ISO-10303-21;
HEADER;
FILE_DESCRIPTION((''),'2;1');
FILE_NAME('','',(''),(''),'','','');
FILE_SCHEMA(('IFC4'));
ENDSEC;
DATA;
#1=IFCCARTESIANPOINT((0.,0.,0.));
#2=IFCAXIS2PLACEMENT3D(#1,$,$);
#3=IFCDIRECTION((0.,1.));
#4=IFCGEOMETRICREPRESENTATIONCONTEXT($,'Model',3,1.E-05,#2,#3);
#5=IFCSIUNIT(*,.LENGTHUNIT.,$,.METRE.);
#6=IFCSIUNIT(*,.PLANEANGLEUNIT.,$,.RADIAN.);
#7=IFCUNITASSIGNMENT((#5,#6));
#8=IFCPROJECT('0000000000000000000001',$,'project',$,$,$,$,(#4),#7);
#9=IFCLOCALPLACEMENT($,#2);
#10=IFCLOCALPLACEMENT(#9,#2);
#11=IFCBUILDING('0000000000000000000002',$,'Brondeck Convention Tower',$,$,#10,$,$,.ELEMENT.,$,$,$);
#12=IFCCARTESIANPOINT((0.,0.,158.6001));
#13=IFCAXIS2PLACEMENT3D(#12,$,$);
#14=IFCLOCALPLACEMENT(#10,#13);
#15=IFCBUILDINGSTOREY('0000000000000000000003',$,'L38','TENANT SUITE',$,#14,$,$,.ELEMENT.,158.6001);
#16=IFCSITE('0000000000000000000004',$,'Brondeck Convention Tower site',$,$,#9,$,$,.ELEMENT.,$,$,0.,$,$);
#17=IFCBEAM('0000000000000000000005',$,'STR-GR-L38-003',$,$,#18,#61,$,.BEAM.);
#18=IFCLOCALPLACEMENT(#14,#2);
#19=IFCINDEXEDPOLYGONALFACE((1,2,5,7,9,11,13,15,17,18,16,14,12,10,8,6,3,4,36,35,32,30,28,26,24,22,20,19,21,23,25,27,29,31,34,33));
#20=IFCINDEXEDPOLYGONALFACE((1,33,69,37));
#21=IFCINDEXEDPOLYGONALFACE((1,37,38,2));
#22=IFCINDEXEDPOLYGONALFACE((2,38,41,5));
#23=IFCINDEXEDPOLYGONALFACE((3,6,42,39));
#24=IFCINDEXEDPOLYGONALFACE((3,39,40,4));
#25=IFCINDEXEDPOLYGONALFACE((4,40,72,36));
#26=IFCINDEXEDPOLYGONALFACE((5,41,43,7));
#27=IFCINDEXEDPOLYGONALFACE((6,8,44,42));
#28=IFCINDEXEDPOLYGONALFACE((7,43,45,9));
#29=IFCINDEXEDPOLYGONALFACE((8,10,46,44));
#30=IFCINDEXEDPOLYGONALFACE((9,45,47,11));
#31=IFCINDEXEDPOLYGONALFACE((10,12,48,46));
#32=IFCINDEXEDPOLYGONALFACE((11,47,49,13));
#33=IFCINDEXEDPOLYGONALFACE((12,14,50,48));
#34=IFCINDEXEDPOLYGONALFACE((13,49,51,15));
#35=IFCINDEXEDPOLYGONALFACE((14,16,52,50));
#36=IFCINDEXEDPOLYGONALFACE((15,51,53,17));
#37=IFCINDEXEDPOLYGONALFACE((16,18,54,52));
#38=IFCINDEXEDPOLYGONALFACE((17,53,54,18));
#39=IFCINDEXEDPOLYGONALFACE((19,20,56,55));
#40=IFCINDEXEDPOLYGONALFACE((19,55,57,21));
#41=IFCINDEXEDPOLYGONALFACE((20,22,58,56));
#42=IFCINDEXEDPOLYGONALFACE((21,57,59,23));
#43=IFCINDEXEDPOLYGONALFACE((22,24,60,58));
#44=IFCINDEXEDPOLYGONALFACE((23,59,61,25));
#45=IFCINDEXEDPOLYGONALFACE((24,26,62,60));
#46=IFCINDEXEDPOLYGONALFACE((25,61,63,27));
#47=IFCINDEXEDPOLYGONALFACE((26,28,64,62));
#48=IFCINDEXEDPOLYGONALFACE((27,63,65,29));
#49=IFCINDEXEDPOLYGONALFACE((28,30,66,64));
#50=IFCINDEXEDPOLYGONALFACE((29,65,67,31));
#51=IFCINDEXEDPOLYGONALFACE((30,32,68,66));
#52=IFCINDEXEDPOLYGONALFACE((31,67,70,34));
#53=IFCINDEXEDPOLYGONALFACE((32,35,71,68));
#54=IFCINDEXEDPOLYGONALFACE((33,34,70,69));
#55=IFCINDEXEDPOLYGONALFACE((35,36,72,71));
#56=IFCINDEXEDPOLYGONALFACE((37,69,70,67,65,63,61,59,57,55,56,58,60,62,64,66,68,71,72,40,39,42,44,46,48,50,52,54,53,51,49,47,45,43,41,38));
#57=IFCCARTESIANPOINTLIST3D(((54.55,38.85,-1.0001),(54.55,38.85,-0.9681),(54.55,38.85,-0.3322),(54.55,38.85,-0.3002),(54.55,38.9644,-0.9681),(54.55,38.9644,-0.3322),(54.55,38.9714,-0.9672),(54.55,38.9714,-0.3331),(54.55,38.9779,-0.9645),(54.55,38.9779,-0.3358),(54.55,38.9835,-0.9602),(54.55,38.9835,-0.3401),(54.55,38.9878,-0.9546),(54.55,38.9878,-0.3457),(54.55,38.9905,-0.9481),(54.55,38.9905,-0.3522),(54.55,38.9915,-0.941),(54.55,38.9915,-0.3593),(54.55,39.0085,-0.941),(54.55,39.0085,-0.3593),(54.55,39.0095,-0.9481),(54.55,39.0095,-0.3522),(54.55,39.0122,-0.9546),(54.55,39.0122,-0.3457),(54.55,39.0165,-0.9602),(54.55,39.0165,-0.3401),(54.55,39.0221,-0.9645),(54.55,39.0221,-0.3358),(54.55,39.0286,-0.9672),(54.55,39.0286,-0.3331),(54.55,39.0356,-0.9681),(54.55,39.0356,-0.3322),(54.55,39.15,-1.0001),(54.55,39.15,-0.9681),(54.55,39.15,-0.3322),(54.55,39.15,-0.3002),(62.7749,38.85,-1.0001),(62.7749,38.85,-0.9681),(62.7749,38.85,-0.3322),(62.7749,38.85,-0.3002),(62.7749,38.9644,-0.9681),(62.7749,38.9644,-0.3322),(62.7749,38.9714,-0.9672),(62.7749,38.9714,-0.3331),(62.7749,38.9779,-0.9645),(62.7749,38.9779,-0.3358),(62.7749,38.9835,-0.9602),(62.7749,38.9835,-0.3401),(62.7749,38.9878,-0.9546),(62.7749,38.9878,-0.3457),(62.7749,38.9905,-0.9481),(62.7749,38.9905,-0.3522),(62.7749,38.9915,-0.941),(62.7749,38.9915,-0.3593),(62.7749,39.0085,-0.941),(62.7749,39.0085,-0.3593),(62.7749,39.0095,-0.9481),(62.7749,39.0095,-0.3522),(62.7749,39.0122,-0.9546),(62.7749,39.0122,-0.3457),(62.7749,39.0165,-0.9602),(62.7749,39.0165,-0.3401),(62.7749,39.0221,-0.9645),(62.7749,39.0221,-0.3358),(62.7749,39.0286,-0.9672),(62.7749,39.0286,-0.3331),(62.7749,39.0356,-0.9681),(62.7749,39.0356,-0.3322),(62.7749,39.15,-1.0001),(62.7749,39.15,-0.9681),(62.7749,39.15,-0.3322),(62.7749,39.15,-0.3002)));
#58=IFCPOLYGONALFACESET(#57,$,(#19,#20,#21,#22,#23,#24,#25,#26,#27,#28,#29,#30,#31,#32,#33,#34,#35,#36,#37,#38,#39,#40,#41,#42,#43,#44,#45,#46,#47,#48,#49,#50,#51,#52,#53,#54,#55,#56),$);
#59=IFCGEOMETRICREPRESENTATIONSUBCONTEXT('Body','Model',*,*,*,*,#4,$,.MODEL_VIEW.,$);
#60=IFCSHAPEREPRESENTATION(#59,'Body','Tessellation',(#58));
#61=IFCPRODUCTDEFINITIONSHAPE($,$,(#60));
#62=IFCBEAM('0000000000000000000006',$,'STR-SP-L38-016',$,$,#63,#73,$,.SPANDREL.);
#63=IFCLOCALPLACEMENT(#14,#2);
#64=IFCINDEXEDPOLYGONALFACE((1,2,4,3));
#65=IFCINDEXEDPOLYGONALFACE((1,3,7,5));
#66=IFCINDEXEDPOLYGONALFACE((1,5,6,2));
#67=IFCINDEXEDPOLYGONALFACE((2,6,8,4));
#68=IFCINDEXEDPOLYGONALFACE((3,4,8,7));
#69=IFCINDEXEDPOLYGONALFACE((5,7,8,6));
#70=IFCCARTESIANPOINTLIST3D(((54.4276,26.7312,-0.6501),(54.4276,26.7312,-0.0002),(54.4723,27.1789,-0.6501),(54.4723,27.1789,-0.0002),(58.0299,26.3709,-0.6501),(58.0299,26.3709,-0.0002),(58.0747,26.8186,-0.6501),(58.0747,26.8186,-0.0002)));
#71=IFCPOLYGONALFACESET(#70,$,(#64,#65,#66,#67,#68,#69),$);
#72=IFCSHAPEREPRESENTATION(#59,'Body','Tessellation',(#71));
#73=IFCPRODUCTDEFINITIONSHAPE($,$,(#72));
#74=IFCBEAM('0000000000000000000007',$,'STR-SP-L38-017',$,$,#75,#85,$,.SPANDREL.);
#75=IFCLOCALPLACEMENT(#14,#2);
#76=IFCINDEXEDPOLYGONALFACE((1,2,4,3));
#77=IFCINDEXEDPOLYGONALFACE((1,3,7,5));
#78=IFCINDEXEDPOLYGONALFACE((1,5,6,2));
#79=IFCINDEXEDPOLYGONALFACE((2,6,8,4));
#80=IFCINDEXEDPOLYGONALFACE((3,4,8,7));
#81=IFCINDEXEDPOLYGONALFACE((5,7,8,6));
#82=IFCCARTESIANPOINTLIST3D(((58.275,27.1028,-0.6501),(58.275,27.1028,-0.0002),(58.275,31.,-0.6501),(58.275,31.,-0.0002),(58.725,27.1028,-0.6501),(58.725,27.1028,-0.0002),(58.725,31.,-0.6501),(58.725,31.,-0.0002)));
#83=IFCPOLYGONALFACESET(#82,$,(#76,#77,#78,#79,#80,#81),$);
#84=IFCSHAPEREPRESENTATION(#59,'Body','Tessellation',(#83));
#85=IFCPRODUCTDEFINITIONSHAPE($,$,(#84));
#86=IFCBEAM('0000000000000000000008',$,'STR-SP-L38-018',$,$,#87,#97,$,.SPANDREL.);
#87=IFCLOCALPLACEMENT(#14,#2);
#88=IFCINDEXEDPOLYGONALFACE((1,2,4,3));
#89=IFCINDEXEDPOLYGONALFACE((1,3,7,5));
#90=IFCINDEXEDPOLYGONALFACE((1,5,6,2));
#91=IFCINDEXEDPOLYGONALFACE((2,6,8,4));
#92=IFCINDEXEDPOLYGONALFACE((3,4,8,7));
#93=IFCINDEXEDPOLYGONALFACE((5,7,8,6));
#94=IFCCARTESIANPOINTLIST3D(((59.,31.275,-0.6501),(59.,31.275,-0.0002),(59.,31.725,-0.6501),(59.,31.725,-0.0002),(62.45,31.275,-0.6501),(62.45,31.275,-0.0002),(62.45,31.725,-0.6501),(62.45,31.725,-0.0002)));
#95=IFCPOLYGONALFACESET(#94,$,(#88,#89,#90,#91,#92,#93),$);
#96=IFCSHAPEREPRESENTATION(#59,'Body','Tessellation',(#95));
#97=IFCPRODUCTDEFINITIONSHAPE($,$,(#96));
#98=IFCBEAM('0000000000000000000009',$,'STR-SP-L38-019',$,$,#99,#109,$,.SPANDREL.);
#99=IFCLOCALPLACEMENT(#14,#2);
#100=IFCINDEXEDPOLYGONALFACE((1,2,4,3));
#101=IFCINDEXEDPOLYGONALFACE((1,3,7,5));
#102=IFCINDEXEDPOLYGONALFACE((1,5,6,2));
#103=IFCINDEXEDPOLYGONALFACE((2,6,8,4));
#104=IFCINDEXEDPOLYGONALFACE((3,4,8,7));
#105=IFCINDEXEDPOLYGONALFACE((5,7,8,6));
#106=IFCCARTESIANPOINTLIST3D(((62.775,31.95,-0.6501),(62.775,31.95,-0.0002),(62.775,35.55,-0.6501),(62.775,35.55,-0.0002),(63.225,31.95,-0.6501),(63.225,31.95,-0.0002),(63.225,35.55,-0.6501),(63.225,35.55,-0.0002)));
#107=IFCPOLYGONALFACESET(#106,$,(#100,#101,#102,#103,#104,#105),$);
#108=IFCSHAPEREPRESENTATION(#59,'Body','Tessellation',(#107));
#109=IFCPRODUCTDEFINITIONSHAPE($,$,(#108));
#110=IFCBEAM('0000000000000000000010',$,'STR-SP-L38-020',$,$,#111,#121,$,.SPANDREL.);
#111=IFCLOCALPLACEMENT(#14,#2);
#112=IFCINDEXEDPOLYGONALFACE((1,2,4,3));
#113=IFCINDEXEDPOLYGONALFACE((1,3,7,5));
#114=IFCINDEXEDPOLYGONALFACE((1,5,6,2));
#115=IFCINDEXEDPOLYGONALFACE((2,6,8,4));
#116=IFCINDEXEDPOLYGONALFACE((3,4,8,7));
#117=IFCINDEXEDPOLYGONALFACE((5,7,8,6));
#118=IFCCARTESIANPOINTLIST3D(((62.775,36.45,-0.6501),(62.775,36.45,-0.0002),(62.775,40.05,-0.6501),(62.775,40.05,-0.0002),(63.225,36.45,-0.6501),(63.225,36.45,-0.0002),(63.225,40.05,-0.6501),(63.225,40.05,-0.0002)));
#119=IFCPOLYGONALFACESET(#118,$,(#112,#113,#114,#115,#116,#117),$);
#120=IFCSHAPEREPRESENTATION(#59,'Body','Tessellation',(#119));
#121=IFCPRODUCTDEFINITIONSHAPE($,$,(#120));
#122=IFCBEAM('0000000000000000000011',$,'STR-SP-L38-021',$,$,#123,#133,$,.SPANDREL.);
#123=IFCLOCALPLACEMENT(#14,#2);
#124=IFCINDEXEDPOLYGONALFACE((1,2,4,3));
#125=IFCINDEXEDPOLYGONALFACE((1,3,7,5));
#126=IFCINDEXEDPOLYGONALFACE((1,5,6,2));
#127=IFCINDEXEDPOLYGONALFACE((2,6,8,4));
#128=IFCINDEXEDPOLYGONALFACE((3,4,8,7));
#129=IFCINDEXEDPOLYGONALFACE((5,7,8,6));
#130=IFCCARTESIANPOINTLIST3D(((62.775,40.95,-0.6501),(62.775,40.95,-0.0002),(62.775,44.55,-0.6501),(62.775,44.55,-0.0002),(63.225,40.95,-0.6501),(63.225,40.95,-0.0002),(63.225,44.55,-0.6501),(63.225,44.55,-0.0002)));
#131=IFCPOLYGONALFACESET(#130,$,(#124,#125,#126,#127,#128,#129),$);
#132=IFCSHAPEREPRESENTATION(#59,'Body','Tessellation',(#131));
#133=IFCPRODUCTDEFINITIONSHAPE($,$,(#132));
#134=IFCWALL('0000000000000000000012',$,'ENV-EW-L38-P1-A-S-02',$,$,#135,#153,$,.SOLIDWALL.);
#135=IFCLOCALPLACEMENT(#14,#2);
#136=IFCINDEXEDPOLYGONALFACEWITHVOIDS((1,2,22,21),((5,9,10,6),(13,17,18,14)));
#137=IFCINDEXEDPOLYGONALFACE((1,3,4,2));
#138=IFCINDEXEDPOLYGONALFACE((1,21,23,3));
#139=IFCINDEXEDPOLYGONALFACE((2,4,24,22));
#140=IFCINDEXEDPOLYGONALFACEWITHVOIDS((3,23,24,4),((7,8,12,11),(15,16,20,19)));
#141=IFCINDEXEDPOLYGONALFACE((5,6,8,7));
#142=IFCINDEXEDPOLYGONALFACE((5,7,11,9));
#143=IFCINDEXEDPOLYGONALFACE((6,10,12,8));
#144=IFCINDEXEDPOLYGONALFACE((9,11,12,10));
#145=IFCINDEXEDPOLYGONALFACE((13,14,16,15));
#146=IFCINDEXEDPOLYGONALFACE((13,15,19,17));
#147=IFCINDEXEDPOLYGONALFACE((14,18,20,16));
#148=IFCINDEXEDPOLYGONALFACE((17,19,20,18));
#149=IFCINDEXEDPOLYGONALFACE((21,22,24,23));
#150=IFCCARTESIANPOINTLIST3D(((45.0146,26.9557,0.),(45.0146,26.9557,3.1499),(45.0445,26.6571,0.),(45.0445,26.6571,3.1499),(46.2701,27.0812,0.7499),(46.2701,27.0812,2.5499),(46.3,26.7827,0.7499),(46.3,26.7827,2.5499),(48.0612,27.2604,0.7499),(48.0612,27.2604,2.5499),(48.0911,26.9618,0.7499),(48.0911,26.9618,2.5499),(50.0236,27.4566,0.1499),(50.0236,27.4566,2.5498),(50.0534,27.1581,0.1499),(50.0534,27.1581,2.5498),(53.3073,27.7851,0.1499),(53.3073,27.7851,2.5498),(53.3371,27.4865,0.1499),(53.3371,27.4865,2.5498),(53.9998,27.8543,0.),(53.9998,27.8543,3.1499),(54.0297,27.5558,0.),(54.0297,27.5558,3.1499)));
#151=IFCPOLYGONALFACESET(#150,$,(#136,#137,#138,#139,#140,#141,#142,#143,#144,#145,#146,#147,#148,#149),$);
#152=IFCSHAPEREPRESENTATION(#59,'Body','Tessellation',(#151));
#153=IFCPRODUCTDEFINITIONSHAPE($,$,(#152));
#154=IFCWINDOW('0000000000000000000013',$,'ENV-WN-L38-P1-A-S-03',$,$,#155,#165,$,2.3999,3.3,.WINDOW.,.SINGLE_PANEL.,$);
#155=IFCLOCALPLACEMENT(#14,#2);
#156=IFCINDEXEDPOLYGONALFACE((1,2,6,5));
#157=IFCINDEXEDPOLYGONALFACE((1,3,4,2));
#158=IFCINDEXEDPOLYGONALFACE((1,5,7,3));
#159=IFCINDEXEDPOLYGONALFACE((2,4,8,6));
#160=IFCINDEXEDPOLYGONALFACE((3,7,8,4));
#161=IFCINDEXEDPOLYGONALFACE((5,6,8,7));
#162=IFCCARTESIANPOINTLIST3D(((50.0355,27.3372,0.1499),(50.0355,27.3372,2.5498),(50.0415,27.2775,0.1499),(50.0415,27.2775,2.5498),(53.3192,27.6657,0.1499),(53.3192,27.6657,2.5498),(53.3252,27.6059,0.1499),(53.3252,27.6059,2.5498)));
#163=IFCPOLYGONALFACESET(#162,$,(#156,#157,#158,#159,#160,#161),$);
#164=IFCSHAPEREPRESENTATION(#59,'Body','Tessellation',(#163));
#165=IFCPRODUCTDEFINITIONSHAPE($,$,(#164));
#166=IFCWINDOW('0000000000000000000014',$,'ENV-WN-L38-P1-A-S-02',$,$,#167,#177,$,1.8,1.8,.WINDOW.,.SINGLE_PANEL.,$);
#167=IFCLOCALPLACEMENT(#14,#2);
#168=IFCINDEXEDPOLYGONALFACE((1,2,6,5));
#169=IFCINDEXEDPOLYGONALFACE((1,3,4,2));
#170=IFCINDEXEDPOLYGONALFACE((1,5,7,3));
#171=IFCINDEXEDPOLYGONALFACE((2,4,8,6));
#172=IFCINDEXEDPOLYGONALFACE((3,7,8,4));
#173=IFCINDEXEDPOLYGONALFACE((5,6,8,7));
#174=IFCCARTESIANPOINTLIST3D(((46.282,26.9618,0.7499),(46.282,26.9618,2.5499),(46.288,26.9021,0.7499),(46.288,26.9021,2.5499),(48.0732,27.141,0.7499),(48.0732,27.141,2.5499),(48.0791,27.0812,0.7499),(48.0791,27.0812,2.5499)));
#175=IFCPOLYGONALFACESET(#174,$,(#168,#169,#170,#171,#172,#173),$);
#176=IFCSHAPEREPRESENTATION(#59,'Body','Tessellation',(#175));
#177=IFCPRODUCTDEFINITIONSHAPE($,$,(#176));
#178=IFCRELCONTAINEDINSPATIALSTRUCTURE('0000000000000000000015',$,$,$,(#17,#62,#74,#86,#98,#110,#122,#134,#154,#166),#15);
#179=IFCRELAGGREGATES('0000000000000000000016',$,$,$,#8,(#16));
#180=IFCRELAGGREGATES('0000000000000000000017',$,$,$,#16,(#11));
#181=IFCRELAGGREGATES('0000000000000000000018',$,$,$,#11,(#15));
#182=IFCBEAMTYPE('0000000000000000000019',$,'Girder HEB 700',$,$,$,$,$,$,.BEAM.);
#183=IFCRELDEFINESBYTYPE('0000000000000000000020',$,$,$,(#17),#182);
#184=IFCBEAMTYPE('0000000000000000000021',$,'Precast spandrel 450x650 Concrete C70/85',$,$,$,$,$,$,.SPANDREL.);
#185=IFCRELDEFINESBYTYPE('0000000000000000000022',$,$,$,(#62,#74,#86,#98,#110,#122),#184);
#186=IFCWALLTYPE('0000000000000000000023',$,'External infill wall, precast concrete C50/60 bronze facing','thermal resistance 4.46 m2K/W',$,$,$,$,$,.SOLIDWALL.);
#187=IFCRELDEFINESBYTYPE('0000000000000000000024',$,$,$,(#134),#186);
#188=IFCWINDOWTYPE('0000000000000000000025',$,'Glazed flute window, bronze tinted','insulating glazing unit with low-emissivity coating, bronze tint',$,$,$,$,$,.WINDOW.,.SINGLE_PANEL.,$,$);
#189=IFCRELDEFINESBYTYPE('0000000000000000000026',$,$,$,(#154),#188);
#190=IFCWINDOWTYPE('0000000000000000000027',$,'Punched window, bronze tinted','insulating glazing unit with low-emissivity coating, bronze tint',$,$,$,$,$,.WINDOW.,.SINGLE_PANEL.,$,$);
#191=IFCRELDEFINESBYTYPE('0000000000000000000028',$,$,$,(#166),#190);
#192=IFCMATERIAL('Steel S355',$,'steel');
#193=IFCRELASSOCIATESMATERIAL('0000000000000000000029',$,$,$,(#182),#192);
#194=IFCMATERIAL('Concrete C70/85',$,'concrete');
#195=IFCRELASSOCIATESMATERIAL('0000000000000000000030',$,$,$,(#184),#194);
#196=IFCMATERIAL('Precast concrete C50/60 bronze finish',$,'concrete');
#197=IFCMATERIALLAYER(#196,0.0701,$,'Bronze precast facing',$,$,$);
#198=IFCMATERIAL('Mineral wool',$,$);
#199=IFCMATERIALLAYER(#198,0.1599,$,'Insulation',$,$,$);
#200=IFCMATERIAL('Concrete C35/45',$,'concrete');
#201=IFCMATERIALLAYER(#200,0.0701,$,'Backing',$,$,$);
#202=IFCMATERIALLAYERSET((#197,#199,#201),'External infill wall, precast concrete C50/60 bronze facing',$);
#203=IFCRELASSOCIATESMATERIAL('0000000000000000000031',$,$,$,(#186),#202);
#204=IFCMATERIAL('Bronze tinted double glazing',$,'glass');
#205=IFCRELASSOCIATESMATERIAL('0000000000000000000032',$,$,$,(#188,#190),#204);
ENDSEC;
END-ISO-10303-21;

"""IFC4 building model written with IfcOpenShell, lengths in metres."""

from ifc_helpers import new_model, si_unit, direction, frame, frame_2d, origin, origin_2d, place, context, subcontext, project, spatial, rectangle, i_section, extrude, material, layer, layer_set, material_profile, profile_set, type_object, element, fill, save


model = new_model("IFC4")

# Units and contexts
model_context = context("Model", 3, precision=1e-05, world=origin(), true_north=direction((0.0, 1.0)))
body_context = subcontext(model_context, "Body", "Model", "MODEL_VIEW")
ifc_project = project(units=[si_unit("LENGTHUNIT", "METRE"), si_unit("PLANEANGLEUNIT", "RADIAN")], contexts=[model_context])

# Site, building, storey
site_placement = place(None, origin())
site = spatial("IfcSite", under=ifc_project, at=site_placement, Name="Brondeck Convention Tower site", CompositionType="ELEMENT", RefElevation=0.0)
building_placement = place(site_placement, origin())
building = spatial("IfcBuilding", under=site, at=building_placement, Name="Brondeck Convention Tower", CompositionType="ELEMENT")
storey_placement = place(building_placement, frame((0.0, 0.0, 158.6001)))
storey = spatial("IfcBuildingStorey", under=building, at=storey_placement, Name="L38", Description="TENANT SUITE", CompositionType="ELEMENT", Elevation=158.6001)

# Shared definitions
ifc_material_1 = material(Name="Concrete C70/85", Category="concrete")

# Beams
ifc_material_2 = material(Name="Steel S355", Category="steel")
ifc_material_profile_1 = material_profile(ifc_material_2, i_section(OverallWidth=0.3, OverallDepth=0.7, WebThickness=0.0171, FlangeThickness=0.032, FilletRadius=0.0271, at=origin_2d()), Name="HEB 700")
ifc_profile_set_1 = profile_set([ifc_material_profile_1], Name="Steel S355")
beam_type_1 = type_object("IfcBeamType", Name="Girder HEB 700", PredefinedType="BEAM", material=ifc_profile_set_1)
beam_1_placement = place(storey_placement, frame((54.55, 39.0, -0.6501), z_axis=(1.0, 0.0, 0.0), x_axis=(0.0, 1.0, 0.0)))
element("IfcBeam", 1, at=beam_1_placement, inside=storey, type_object=beam_type_1, Name="STR-GR-L38-003", PredefinedType="BEAM", context=body_context, shape_type="SweptSolid", body=[
    extrude(i_section(OverallWidth=0.3, OverallDepth=0.7, WebThickness=0.0171, FlangeThickness=0.032, FilletRadius=0.0271, at=origin_2d()), origin(), (0.0, 0.0, 1.0), 8.2249),
])
ifc_material_profile_2 = material_profile(ifc_material_1, rectangle(XDim=0.45, YDim=0.6499, at=origin_2d()), Name="Precast spandrel 450x650 Concrete C70/85")
ifc_profile_set_2 = profile_set([ifc_material_profile_2], Name="Concrete C70/85")
beam_type_2 = type_object("IfcBeamType", Name="Precast spandrel 450x650 Concrete C70/85", PredefinedType="SPANDREL", material=ifc_profile_set_2)
beam_2_placement = place(storey_placement, frame((54.45, 26.9551, -0.3252), z_axis=(0.995034, -0.099537, 0.0), x_axis=(0.099537, 0.995034, 0.0)))
element("IfcBeam", 2, at=beam_2_placement, inside=storey, type_object=beam_type_2, Name="STR-SP-L38-016", PredefinedType="SPANDREL", context=body_context, shape_type="SweptSolid", body=[
    extrude(rectangle(XDim=0.45, YDim=0.6499, at=origin_2d()), origin(), (0.0, 0.0, 1.0), 3.6204),
])
beam_3_placement = place(storey_placement, frame((58.5, 27.1028, -0.3252), z_axis=(0.0, 1.0, 0.0), x_axis=(-1.0, 0.0, 0.0)))
element("IfcBeam", 3, at=beam_3_placement, inside=storey, type_object=beam_type_2, Name="STR-SP-L38-017", PredefinedType="SPANDREL", context=body_context, shape_type="SweptSolid", body=[
    extrude(rectangle(XDim=0.45, YDim=0.6499, at=origin_2d()), origin(), (0.0, 0.0, 1.0), 3.8972),
])
beam_4_placement = place(storey_placement, frame((59.0, 31.5, -0.3252), z_axis=(1.0, 0.0, 0.0), x_axis=(0.0, 1.0, 0.0)))
element("IfcBeam", 4, at=beam_4_placement, inside=storey, type_object=beam_type_2, Name="STR-SP-L38-018", PredefinedType="SPANDREL", context=body_context, shape_type="SweptSolid", body=[
    extrude(rectangle(XDim=0.45, YDim=0.6499, at=origin_2d()), origin(), (0.0, 0.0, 1.0), 3.45),
])
for number, where, z_axis, x_axis, name in (
    (5, (63.0, 31.95, -0.3252), (0.0, 1.0, 0.0), (-1.0, 0.0, 0.0), "STR-SP-L38-019"),
    (6, (63.0, 36.45, -0.3252), (0.0, 1.0, 0.0), (-1.0, 0.0, 0.0), "STR-SP-L38-020"),
    (7, (63.0, 40.95, -0.3252), (0.0, 1.0, 0.0), (-1.0, 0.0, 0.0), "STR-SP-L38-021"),
):
    element("IfcBeam", number, at=place(storey_placement, frame(where, z_axis=z_axis, x_axis=x_axis)), inside=storey, type_object=beam_type_2, Name=name, PredefinedType="SPANDREL", context=body_context, shape_type="SweptSolid", body=[
        extrude(rectangle(XDim=0.45, YDim=0.6499, at=origin_2d()), origin(), (0.0, 0.0, 1.0), 3.6001),
    ])

# Wall, openings, windows
ifc_material_3 = material(Name="Precast concrete C50/60 bronze finish", Category="concrete")
ifc_layer_1 = layer(ifc_material_3, 0.0701, Name="Bronze precast facing")
ifc_material_4 = material(Name="Mineral wool")
ifc_layer_2 = layer(ifc_material_4, 0.1599, Name="Insulation")
ifc_material_5 = material(Name="Concrete C35/45", Category="concrete")
ifc_layer_3 = layer(ifc_material_5, 0.0701, Name="Backing")
ifc_layer_set_1 = layer_set([ifc_layer_1, ifc_layer_2, ifc_layer_3], Name="External infill wall, precast concrete C50/60 bronze facing")
wall_type_1 = type_object("IfcWallType", Name="External infill wall, precast concrete C50/60 bronze facing", Description="thermal resistance 4.46 m2K/W", PredefinedType="SOLIDWALL", material=ifc_layer_set_1)
wall_1_placement = place(storey_placement, frame((54.0149, 27.7051, 0.0), z_axis=(0.0, 0.0, 1.0), x_axis=(-0.995035, -0.099522, 0.0)))
wall_1 = element("IfcWall", 8, at=wall_1_placement, inside=storey, type_object=wall_type_1, Name="ENV-EW-L38-P1-A-S-02", PredefinedType="SOLIDWALL", context=body_context, shape_type="SweptSolid", body=[
    extrude(rectangle(XDim=9.03, YDim=0.3, at=frame_2d((4.5151, 0.0))), origin(), (0.0, 0.0, 1.0), 3.1499),
])
opening_1_placement = place(wall_1_placement, frame((0.6963, 0.0, 0.1499)))
opening_1 = element("IfcOpeningElement", 9, at=opening_1_placement, cuts=wall_1, PredefinedType="OPENING", context=body_context, shape_type="SweptSolid", body=[
    extrude(rectangle(XDim=3.3, YDim=2.3999, at=frame_2d((1.6499, 1.2))), frame((0.0, 0.1599, 0.0), z_axis=(0.0, -1.0, 0.0), x_axis=(1.0, 0.0, 0.0)), (0.0, 0.0, 1.0), 0.3201),
])
opening_2_placement = place(wall_1_placement, frame((5.9685, 0.0, 0.75)))
opening_2 = element("IfcOpeningElement", 10, at=opening_2_placement, cuts=wall_1, PredefinedType="OPENING", context=body_context, shape_type="SweptSolid", body=[
    extrude(rectangle(XDim=1.8, YDim=1.8, at=frame_2d((0.8999, 0.8999))), frame((0.0, 0.1599, 0.0), z_axis=(0.0, -1.0, 0.0), x_axis=(1.0, 0.0, 0.0)), (0.0, 0.0, 1.0), 0.3201),
])
ifc_material_6 = material(Name="Bronze tinted double glazing", Category="glass")
window_type_1 = type_object("IfcWindowType", Name="Glazed flute window, bronze tinted", Description="insulating glazing unit with low-emissivity coating, bronze tint", PartitioningType="SINGLE_PANEL", PredefinedType="WINDOW", material=ifc_material_6)
window_1_placement = place(opening_1_placement, origin())
window_1 = element("IfcWindow", 11, at=window_1_placement, inside=storey, type_object=window_type_1, Name="ENV-WN-L38-P1-A-S-03", OverallHeight=2.3999, OverallWidth=3.3, PartitioningType="SINGLE_PANEL", PredefinedType="WINDOW", context=body_context, shape_type="SweptSolid", body=[
    extrude(rectangle(XDim=3.3, YDim=2.3999, at=frame_2d((1.6499, 1.2))), frame((0.0, 0.03, 0.0), z_axis=(0.0, -1.0, 0.0), x_axis=(1.0, 0.0, 0.0)), (0.0, 0.0, 1.0), 0.0601),
])
fill(opening_1, window_1)
window_type_2 = type_object("IfcWindowType", Name="Punched window, bronze tinted", Description="insulating glazing unit with low-emissivity coating, bronze tint", PartitioningType="SINGLE_PANEL", PredefinedType="WINDOW", material=ifc_material_6)
window_2_placement = place(opening_2_placement, origin())
window_2 = element("IfcWindow", 12, at=window_2_placement, inside=storey, type_object=window_type_2, Name="ENV-WN-L38-P1-A-S-02", OverallHeight=1.8, OverallWidth=1.8, PartitioningType="SINGLE_PANEL", PredefinedType="WINDOW", context=body_context, shape_type="SweptSolid", body=[
    extrude(rectangle(XDim=1.8, YDim=1.8, at=frame_2d((0.8999, 0.8999))), frame((0.0, 0.03, 0.0), z_axis=(0.0, -1.0, 0.0), x_axis=(1.0, 0.0, 0.0)), (0.0, 0.0, 1.0), 0.0601),
])
fill(opening_2, window_2)

save(model, "model.ifc")
